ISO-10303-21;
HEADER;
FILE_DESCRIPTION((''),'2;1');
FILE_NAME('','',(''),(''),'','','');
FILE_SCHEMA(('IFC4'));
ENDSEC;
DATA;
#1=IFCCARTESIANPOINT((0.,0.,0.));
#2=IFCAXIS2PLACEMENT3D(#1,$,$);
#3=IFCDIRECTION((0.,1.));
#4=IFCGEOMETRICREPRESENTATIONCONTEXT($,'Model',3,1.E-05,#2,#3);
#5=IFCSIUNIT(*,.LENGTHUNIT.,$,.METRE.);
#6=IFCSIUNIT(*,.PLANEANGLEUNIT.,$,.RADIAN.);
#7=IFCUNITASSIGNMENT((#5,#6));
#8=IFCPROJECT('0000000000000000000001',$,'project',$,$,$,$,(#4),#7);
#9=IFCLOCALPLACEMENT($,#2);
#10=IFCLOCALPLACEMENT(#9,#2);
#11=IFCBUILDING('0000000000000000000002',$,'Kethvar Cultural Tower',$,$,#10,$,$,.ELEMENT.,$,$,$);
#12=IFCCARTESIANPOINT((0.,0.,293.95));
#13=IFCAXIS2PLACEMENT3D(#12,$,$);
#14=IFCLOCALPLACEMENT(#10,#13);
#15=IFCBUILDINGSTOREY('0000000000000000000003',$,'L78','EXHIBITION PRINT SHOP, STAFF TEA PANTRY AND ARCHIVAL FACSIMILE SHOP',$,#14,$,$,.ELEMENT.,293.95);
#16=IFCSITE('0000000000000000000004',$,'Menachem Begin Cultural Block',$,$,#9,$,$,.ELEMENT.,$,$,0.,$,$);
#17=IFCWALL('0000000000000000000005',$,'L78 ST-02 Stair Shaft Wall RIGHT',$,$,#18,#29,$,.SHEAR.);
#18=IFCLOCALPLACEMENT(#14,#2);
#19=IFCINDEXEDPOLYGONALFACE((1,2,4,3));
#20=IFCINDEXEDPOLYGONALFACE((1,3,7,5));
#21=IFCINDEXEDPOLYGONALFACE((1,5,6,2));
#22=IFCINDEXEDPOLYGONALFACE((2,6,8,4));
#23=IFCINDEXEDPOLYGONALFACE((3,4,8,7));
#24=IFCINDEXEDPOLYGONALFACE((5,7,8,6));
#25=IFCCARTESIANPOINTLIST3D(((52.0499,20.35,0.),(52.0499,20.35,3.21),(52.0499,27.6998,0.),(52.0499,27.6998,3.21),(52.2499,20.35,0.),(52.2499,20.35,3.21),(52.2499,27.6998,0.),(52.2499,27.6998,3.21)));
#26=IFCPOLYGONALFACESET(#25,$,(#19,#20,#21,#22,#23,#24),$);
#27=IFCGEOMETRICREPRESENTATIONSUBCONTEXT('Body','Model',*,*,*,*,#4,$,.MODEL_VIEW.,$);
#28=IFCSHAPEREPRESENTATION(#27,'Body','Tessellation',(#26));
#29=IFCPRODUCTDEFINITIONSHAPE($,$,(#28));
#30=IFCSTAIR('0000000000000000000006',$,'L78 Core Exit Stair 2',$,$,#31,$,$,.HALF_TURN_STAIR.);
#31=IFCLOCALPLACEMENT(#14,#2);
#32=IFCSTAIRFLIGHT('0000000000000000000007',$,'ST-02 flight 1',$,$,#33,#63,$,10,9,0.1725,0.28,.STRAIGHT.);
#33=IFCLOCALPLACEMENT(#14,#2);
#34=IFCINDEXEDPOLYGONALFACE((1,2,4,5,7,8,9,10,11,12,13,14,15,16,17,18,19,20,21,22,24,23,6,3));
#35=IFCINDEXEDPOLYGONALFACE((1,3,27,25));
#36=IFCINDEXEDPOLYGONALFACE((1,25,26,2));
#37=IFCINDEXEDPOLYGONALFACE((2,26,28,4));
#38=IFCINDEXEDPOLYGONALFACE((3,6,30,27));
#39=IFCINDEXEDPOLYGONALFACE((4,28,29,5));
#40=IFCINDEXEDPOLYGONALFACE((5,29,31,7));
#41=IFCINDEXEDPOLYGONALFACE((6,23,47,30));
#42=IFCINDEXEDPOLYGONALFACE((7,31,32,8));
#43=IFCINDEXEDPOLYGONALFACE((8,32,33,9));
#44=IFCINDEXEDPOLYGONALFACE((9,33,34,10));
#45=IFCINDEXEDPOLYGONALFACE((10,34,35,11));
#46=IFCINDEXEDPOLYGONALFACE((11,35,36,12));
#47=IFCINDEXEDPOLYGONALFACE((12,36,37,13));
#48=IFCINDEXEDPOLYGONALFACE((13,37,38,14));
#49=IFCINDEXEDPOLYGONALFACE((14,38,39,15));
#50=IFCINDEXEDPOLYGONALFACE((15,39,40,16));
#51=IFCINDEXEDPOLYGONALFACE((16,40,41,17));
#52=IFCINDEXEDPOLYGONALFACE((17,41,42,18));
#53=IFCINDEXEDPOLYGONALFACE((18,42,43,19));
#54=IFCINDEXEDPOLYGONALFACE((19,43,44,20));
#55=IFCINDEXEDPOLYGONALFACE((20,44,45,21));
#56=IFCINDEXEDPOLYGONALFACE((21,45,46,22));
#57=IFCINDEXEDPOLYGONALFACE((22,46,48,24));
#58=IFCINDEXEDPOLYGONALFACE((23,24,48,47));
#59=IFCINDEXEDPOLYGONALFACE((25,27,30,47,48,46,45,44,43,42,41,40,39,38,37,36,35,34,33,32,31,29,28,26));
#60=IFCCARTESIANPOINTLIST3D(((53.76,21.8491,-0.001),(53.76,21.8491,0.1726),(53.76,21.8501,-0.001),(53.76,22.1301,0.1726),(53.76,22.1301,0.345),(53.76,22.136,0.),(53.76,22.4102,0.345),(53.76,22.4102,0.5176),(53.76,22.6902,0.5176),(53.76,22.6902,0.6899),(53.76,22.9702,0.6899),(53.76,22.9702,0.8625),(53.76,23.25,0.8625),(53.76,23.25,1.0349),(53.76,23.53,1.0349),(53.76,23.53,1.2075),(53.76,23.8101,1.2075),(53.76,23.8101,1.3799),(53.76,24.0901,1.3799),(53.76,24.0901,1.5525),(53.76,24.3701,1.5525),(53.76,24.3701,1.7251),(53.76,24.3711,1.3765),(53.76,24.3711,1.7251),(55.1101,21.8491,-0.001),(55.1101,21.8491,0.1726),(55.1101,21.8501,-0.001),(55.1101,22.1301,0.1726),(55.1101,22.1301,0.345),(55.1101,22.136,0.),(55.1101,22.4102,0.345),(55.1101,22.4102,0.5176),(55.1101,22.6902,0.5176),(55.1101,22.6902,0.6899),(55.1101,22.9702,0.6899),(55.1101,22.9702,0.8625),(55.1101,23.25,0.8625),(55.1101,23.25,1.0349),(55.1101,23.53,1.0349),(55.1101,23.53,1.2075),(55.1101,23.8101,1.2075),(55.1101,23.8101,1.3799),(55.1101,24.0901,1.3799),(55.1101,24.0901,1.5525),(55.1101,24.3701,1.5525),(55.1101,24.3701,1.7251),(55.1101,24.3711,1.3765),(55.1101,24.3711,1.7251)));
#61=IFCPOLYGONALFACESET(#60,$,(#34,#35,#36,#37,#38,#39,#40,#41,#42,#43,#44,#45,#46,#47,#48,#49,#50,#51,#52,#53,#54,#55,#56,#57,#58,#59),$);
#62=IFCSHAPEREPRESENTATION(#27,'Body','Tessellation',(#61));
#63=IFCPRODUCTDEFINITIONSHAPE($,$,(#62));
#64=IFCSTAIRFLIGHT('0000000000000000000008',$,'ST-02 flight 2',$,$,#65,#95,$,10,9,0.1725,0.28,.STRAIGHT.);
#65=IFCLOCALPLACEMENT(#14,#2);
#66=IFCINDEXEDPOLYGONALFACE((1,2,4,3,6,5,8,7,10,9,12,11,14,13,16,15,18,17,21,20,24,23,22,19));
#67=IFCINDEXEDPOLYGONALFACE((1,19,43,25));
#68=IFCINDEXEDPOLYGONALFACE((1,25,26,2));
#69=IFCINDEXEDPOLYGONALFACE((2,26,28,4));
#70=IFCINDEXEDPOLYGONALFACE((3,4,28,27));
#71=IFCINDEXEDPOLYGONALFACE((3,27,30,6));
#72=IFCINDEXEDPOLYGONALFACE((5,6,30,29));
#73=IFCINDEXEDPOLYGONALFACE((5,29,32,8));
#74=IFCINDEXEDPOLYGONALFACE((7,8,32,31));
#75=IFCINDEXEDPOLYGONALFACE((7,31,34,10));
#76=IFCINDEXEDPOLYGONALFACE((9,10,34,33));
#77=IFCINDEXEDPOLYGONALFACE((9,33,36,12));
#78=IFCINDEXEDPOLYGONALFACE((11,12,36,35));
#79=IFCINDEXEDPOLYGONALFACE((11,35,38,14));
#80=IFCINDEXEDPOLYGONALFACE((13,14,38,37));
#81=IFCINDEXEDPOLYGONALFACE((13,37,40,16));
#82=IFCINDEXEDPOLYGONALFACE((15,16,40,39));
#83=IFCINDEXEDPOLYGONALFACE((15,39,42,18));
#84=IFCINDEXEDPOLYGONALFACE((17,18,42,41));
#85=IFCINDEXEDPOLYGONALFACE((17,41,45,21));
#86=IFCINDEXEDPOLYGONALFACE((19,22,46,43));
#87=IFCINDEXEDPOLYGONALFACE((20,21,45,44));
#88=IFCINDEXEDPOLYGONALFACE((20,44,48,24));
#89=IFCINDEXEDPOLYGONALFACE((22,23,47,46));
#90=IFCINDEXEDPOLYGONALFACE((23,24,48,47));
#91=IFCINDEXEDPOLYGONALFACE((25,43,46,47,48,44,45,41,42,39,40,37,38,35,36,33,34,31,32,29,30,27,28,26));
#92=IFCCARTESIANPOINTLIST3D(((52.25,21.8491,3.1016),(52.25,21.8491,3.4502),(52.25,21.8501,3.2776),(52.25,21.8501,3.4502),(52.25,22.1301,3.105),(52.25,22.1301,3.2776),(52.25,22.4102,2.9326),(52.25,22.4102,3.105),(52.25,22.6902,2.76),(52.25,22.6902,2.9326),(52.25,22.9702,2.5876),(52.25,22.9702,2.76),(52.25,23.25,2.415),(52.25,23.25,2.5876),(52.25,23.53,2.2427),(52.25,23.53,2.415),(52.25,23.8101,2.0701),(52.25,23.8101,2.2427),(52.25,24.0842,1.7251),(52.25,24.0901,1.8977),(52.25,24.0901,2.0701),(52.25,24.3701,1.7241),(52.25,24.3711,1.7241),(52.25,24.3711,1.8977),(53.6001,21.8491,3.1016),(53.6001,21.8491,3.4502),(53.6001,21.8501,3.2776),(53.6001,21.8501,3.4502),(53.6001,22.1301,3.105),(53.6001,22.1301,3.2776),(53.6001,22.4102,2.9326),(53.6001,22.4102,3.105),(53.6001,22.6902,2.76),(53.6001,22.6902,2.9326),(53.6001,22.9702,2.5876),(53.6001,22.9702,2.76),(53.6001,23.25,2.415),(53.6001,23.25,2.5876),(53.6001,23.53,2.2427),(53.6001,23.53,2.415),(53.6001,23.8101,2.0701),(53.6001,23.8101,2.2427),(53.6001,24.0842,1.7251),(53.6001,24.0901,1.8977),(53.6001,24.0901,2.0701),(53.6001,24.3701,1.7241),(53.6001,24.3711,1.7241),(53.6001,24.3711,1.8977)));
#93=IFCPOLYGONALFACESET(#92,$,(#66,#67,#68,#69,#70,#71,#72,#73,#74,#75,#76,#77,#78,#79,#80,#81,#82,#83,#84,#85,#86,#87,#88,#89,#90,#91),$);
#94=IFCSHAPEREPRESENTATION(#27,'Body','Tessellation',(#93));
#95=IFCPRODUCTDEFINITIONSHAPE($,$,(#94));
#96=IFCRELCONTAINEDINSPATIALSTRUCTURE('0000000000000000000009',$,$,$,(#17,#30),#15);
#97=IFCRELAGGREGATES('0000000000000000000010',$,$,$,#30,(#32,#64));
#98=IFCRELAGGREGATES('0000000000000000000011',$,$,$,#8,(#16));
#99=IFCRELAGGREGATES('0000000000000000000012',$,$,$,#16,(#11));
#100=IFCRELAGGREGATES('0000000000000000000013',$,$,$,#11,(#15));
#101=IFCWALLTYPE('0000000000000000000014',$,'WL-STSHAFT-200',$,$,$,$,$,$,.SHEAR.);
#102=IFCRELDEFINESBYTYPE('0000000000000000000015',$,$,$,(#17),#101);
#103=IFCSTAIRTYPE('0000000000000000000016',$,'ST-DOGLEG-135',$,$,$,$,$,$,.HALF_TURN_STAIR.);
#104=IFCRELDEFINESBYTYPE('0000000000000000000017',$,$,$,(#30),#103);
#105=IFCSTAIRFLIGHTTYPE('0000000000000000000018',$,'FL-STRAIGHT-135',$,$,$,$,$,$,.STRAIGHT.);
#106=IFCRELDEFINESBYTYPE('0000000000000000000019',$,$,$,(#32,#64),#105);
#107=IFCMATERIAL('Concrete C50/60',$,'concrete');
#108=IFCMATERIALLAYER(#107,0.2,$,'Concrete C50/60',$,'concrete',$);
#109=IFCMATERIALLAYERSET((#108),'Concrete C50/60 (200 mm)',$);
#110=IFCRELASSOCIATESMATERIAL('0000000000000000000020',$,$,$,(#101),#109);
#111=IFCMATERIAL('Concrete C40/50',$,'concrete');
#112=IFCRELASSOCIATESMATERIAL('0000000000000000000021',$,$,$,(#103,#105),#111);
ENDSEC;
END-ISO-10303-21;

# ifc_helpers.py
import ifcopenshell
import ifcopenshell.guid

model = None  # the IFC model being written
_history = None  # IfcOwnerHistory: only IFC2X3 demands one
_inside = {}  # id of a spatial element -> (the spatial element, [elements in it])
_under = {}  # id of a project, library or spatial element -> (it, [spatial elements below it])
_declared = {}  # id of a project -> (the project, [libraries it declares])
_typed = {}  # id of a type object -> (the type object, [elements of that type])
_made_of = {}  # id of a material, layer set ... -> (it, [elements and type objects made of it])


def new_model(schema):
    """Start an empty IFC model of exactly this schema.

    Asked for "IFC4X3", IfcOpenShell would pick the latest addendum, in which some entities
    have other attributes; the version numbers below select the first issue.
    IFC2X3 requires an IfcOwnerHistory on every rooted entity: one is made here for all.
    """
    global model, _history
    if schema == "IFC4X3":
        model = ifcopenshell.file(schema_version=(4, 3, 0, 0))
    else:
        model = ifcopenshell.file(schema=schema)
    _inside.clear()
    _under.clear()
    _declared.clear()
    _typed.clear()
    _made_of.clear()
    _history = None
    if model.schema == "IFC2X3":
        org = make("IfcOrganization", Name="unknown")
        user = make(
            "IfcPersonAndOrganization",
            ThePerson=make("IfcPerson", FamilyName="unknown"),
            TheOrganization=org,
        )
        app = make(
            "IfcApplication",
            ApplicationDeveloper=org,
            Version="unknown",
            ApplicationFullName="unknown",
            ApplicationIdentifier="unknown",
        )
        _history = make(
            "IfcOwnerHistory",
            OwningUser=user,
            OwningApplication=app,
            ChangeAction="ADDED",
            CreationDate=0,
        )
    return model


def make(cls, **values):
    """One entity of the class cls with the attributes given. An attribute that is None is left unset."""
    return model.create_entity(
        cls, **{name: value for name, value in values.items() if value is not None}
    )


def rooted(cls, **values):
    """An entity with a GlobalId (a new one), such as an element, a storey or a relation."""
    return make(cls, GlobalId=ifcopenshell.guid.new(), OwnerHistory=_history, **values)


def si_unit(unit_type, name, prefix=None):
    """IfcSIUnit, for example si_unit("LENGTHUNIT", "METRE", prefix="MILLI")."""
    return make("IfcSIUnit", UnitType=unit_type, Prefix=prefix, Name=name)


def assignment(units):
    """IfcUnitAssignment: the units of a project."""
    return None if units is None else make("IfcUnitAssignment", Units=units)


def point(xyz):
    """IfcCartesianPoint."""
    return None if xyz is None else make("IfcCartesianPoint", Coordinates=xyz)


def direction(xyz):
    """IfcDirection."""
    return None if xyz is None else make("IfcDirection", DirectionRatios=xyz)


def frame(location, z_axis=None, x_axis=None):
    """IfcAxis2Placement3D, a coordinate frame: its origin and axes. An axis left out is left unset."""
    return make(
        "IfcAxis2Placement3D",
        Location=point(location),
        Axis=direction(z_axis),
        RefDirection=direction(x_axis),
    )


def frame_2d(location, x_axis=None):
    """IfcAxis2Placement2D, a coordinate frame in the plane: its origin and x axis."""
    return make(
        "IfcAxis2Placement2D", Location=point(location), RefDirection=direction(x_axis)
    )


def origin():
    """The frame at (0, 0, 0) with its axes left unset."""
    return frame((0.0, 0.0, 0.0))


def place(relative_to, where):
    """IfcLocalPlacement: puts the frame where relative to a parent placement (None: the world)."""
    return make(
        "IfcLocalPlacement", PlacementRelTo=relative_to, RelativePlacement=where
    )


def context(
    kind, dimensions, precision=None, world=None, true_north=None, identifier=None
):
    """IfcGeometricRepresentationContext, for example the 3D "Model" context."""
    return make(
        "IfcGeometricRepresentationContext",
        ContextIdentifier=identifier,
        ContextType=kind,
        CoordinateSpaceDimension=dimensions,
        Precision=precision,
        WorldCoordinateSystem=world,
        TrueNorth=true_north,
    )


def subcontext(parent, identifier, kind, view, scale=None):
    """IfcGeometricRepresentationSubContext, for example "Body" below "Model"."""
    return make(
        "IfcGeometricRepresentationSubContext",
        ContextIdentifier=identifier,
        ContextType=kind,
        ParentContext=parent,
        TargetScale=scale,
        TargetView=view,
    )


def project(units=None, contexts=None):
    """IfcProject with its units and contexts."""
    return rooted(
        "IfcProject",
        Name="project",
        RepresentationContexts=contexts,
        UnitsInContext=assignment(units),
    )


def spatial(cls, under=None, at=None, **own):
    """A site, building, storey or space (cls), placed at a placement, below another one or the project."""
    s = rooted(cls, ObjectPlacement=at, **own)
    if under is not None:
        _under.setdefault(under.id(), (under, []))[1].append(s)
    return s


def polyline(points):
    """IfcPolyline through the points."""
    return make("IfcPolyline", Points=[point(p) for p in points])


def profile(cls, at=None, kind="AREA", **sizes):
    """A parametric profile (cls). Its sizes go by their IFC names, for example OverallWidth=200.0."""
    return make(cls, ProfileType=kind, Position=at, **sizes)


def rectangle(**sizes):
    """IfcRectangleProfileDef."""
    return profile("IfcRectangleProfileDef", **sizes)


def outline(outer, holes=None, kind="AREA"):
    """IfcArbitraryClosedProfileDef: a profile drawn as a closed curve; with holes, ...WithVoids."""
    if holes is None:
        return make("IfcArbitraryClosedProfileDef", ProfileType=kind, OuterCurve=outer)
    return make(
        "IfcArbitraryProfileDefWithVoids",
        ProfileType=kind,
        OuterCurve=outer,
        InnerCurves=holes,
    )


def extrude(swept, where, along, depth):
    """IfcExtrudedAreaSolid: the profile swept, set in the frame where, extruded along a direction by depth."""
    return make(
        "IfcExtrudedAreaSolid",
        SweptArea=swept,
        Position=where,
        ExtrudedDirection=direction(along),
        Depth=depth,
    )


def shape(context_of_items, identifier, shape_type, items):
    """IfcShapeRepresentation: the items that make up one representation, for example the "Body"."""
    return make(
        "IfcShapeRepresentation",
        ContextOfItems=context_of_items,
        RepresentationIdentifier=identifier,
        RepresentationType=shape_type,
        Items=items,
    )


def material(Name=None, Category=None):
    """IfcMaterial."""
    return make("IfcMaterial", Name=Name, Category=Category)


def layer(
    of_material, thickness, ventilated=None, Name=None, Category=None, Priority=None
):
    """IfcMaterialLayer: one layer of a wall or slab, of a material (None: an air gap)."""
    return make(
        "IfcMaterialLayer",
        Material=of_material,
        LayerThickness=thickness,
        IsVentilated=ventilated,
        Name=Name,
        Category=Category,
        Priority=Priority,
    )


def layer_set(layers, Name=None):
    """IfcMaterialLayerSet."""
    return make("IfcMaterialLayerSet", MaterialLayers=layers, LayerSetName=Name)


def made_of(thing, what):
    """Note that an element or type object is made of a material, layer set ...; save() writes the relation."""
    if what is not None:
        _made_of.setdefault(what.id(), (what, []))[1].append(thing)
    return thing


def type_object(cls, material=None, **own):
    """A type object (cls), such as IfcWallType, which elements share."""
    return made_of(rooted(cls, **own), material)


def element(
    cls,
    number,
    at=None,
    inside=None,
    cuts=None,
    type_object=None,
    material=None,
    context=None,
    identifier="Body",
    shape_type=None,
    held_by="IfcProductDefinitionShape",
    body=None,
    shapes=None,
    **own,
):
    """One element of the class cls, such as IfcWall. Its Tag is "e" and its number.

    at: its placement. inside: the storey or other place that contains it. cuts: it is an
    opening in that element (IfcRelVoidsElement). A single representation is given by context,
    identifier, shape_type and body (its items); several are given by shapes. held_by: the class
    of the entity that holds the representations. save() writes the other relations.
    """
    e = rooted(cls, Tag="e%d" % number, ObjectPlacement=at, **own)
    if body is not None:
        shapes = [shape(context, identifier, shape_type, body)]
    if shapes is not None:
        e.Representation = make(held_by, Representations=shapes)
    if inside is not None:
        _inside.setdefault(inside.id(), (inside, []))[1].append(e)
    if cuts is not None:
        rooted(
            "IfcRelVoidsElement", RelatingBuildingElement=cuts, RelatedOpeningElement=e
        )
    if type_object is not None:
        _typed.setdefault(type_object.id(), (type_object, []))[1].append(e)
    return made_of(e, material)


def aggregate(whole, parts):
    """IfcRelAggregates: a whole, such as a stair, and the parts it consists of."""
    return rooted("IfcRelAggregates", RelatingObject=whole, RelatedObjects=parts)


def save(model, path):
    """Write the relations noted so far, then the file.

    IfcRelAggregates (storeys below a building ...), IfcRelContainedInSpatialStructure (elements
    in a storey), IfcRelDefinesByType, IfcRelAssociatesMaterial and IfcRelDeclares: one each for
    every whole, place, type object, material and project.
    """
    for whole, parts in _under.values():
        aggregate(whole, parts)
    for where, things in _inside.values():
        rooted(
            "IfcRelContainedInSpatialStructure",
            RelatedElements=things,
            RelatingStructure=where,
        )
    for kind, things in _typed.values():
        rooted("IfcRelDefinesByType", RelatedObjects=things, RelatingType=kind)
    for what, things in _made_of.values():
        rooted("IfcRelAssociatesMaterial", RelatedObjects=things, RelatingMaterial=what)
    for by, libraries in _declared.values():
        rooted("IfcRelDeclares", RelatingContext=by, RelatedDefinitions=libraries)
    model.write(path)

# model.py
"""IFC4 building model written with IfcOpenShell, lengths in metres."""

from ifc_helpers import new_model, si_unit, direction, frame, frame_2d, origin, place, context, subcontext, project, spatial, polyline, rectangle, outline, extrude, material, layer, layer_set, type_object, element, aggregate, save


model = new_model("IFC4")

# Units and contexts
model_context = context("Model", 3, precision=1e-05, world=origin(), true_north=direction((0.0, 1.0)))
body_context = subcontext(model_context, "Body", "Model", "MODEL_VIEW")
ifc_project = project(units=[si_unit("LENGTHUNIT", "METRE"), si_unit("PLANEANGLEUNIT", "RADIAN")], contexts=[model_context])

# Site, building, storey
site_placement = place(None, origin())
site = spatial("IfcSite", under=ifc_project, at=site_placement, Name="Menachem Begin Cultural Block", CompositionType="ELEMENT", RefElevation=0.0)
building_placement = place(site_placement, origin())
building = spatial("IfcBuilding", under=site, at=building_placement, Name="Kethvar Cultural Tower", CompositionType="ELEMENT")
storey_placement = place(building_placement, frame((0.0, 0.0, 293.95)))
storey = spatial("IfcBuildingStorey", under=building, at=storey_placement, Name="L78", Description="EXHIBITION PRINT SHOP, STAFF TEA PANTRY AND ARCHIVAL FACSIMILE SHOP", CompositionType="ELEMENT", Elevation=293.95)

# Shared definitions
ifc_material_1 = material(Name="Concrete C50/60", Category="concrete")

# Wall
ifc_layer_1 = layer(ifc_material_1, 0.2, Name="Concrete C50/60", Category="concrete")
ifc_layer_set_1 = layer_set([ifc_layer_1], Name="Concrete C50/60 (200 mm)")
wall_type_1 = type_object("IfcWallType", Name="WL-STSHAFT-200", PredefinedType="SHEAR", material=ifc_layer_set_1)
wall_1_placement = place(storey_placement, frame((52.1499, 20.3501, 0.0), z_axis=(0.0, 0.0, 1.0), x_axis=(0.0, 1.0, 0.0)))
element("IfcWall", 1, at=wall_1_placement, inside=storey, type_object=wall_type_1, Name="L78 ST-02 Stair Shaft Wall RIGHT", PredefinedType="SHEAR", context=body_context, shape_type="SweptSolid", body=[
    extrude(rectangle(XDim=7.3499, YDim=0.2, at=frame_2d((3.6748, 0.0))), origin(), (0.0, 0.0, 1.0), 3.21),
])

# Stair, stair flights
ifc_material_2 = material(Name="Concrete C40/50", Category="concrete")
stair_type = type_object("IfcStairType", Name="ST-DOGLEG-135", PredefinedType="HALF_TURN_STAIR", material=ifc_material_2)
stair_placement = place(storey_placement, origin())
stair = element("IfcStair", 2, at=stair_placement, inside=storey, type_object=stair_type, Name="L78 Core Exit Stair 2", PredefinedType="HALF_TURN_STAIR")
stair_flight_type = type_object("IfcStairFlightType", Name="FL-STRAIGHT-135", PredefinedType="STRAIGHT", material=ifc_material_2)
stair_flight_1_placement = place(storey_placement, frame((54.4351, 21.8501, 0.0), z_axis=(0.0, 0.0, 1.0), x_axis=(0.0, 1.0, 0.0)))
stair_flight_1 = element("IfcStairFlight", 3, at=stair_flight_1_placement, type_object=stair_flight_type, Name="ST-02 flight 1", NumberOfRisers=10, NumberOfTreads=9, PredefinedType="STRAIGHT", RiserHeight=0.1725, TreadLength=0.28, context=body_context, shape_type="SweptSolid", body=[
    extrude(outline(polyline([(-0.001, -0.001), (-0.001, 0.1726), (0.28, 0.1726), (0.28, 0.345), (0.5601, 0.345), (0.5601, 0.5176), (0.8401, 0.5176), (0.8401, 0.6899), (1.1201, 0.6899), (1.1201, 0.8625), (1.3999, 0.8625), (1.3999, 1.0349), (1.6799, 1.0349), (1.6799, 1.2075), (1.96, 1.2075), (1.96, 1.3799), (2.24, 1.3799), (2.24, 1.5525), (2.52, 1.5525), (2.52, 1.7251), (2.521, 1.7251), (2.521, 1.3765), (0.2859, 0.0), (0.0, -0.001), (-0.001, -0.001)])), frame((0.0, 0.675, 0.0), z_axis=(0.0, -1.0, 0.0), x_axis=(1.0, 0.0, 0.0)), (0.0, 0.0, 1.0), 1.3501),
])
stair_flight_2_placement = place(storey_placement, frame((52.925, 24.3701, 1.7251), z_axis=(0.0, 0.0, 1.0), x_axis=(0.0, -1.0, 0.0)))
stair_flight_2 = element("IfcStairFlight", 4, at=stair_flight_2_placement, type_object=stair_flight_type, Name="ST-02 flight 2", NumberOfRisers=10, NumberOfTreads=9, PredefinedType="STRAIGHT", RiserHeight=0.1725, TreadLength=0.28, context=body_context, shape_type="SweptSolid", body=[
    extrude(outline(polyline([(-0.001, -0.001), (-0.001, 0.1726), (0.28, 0.1726), (0.28, 0.345), (0.5601, 0.345), (0.5601, 0.5176), (0.8401, 0.5176), (0.8401, 0.6899), (1.1201, 0.6899), (1.1201, 0.8625), (1.3999, 0.8625), (1.3999, 1.0349), (1.6799, 1.0349), (1.6799, 1.2075), (1.96, 1.2075), (1.96, 1.3799), (2.24, 1.3799), (2.24, 1.5525), (2.52, 1.5525), (2.52, 1.7251), (2.521, 1.7251), (2.521, 1.3765), (0.2859, 0.0), (0.0, -0.001), (-0.001, -0.001)])), frame((0.0, 0.675, 0.0), z_axis=(0.0, -1.0, 0.0), x_axis=(1.0, 0.0, 0.0)), (0.0, 0.0, 1.0), 1.3501),
])
aggregate(stair, [stair_flight_1, stair_flight_2])

save(model, "model.ifc")
